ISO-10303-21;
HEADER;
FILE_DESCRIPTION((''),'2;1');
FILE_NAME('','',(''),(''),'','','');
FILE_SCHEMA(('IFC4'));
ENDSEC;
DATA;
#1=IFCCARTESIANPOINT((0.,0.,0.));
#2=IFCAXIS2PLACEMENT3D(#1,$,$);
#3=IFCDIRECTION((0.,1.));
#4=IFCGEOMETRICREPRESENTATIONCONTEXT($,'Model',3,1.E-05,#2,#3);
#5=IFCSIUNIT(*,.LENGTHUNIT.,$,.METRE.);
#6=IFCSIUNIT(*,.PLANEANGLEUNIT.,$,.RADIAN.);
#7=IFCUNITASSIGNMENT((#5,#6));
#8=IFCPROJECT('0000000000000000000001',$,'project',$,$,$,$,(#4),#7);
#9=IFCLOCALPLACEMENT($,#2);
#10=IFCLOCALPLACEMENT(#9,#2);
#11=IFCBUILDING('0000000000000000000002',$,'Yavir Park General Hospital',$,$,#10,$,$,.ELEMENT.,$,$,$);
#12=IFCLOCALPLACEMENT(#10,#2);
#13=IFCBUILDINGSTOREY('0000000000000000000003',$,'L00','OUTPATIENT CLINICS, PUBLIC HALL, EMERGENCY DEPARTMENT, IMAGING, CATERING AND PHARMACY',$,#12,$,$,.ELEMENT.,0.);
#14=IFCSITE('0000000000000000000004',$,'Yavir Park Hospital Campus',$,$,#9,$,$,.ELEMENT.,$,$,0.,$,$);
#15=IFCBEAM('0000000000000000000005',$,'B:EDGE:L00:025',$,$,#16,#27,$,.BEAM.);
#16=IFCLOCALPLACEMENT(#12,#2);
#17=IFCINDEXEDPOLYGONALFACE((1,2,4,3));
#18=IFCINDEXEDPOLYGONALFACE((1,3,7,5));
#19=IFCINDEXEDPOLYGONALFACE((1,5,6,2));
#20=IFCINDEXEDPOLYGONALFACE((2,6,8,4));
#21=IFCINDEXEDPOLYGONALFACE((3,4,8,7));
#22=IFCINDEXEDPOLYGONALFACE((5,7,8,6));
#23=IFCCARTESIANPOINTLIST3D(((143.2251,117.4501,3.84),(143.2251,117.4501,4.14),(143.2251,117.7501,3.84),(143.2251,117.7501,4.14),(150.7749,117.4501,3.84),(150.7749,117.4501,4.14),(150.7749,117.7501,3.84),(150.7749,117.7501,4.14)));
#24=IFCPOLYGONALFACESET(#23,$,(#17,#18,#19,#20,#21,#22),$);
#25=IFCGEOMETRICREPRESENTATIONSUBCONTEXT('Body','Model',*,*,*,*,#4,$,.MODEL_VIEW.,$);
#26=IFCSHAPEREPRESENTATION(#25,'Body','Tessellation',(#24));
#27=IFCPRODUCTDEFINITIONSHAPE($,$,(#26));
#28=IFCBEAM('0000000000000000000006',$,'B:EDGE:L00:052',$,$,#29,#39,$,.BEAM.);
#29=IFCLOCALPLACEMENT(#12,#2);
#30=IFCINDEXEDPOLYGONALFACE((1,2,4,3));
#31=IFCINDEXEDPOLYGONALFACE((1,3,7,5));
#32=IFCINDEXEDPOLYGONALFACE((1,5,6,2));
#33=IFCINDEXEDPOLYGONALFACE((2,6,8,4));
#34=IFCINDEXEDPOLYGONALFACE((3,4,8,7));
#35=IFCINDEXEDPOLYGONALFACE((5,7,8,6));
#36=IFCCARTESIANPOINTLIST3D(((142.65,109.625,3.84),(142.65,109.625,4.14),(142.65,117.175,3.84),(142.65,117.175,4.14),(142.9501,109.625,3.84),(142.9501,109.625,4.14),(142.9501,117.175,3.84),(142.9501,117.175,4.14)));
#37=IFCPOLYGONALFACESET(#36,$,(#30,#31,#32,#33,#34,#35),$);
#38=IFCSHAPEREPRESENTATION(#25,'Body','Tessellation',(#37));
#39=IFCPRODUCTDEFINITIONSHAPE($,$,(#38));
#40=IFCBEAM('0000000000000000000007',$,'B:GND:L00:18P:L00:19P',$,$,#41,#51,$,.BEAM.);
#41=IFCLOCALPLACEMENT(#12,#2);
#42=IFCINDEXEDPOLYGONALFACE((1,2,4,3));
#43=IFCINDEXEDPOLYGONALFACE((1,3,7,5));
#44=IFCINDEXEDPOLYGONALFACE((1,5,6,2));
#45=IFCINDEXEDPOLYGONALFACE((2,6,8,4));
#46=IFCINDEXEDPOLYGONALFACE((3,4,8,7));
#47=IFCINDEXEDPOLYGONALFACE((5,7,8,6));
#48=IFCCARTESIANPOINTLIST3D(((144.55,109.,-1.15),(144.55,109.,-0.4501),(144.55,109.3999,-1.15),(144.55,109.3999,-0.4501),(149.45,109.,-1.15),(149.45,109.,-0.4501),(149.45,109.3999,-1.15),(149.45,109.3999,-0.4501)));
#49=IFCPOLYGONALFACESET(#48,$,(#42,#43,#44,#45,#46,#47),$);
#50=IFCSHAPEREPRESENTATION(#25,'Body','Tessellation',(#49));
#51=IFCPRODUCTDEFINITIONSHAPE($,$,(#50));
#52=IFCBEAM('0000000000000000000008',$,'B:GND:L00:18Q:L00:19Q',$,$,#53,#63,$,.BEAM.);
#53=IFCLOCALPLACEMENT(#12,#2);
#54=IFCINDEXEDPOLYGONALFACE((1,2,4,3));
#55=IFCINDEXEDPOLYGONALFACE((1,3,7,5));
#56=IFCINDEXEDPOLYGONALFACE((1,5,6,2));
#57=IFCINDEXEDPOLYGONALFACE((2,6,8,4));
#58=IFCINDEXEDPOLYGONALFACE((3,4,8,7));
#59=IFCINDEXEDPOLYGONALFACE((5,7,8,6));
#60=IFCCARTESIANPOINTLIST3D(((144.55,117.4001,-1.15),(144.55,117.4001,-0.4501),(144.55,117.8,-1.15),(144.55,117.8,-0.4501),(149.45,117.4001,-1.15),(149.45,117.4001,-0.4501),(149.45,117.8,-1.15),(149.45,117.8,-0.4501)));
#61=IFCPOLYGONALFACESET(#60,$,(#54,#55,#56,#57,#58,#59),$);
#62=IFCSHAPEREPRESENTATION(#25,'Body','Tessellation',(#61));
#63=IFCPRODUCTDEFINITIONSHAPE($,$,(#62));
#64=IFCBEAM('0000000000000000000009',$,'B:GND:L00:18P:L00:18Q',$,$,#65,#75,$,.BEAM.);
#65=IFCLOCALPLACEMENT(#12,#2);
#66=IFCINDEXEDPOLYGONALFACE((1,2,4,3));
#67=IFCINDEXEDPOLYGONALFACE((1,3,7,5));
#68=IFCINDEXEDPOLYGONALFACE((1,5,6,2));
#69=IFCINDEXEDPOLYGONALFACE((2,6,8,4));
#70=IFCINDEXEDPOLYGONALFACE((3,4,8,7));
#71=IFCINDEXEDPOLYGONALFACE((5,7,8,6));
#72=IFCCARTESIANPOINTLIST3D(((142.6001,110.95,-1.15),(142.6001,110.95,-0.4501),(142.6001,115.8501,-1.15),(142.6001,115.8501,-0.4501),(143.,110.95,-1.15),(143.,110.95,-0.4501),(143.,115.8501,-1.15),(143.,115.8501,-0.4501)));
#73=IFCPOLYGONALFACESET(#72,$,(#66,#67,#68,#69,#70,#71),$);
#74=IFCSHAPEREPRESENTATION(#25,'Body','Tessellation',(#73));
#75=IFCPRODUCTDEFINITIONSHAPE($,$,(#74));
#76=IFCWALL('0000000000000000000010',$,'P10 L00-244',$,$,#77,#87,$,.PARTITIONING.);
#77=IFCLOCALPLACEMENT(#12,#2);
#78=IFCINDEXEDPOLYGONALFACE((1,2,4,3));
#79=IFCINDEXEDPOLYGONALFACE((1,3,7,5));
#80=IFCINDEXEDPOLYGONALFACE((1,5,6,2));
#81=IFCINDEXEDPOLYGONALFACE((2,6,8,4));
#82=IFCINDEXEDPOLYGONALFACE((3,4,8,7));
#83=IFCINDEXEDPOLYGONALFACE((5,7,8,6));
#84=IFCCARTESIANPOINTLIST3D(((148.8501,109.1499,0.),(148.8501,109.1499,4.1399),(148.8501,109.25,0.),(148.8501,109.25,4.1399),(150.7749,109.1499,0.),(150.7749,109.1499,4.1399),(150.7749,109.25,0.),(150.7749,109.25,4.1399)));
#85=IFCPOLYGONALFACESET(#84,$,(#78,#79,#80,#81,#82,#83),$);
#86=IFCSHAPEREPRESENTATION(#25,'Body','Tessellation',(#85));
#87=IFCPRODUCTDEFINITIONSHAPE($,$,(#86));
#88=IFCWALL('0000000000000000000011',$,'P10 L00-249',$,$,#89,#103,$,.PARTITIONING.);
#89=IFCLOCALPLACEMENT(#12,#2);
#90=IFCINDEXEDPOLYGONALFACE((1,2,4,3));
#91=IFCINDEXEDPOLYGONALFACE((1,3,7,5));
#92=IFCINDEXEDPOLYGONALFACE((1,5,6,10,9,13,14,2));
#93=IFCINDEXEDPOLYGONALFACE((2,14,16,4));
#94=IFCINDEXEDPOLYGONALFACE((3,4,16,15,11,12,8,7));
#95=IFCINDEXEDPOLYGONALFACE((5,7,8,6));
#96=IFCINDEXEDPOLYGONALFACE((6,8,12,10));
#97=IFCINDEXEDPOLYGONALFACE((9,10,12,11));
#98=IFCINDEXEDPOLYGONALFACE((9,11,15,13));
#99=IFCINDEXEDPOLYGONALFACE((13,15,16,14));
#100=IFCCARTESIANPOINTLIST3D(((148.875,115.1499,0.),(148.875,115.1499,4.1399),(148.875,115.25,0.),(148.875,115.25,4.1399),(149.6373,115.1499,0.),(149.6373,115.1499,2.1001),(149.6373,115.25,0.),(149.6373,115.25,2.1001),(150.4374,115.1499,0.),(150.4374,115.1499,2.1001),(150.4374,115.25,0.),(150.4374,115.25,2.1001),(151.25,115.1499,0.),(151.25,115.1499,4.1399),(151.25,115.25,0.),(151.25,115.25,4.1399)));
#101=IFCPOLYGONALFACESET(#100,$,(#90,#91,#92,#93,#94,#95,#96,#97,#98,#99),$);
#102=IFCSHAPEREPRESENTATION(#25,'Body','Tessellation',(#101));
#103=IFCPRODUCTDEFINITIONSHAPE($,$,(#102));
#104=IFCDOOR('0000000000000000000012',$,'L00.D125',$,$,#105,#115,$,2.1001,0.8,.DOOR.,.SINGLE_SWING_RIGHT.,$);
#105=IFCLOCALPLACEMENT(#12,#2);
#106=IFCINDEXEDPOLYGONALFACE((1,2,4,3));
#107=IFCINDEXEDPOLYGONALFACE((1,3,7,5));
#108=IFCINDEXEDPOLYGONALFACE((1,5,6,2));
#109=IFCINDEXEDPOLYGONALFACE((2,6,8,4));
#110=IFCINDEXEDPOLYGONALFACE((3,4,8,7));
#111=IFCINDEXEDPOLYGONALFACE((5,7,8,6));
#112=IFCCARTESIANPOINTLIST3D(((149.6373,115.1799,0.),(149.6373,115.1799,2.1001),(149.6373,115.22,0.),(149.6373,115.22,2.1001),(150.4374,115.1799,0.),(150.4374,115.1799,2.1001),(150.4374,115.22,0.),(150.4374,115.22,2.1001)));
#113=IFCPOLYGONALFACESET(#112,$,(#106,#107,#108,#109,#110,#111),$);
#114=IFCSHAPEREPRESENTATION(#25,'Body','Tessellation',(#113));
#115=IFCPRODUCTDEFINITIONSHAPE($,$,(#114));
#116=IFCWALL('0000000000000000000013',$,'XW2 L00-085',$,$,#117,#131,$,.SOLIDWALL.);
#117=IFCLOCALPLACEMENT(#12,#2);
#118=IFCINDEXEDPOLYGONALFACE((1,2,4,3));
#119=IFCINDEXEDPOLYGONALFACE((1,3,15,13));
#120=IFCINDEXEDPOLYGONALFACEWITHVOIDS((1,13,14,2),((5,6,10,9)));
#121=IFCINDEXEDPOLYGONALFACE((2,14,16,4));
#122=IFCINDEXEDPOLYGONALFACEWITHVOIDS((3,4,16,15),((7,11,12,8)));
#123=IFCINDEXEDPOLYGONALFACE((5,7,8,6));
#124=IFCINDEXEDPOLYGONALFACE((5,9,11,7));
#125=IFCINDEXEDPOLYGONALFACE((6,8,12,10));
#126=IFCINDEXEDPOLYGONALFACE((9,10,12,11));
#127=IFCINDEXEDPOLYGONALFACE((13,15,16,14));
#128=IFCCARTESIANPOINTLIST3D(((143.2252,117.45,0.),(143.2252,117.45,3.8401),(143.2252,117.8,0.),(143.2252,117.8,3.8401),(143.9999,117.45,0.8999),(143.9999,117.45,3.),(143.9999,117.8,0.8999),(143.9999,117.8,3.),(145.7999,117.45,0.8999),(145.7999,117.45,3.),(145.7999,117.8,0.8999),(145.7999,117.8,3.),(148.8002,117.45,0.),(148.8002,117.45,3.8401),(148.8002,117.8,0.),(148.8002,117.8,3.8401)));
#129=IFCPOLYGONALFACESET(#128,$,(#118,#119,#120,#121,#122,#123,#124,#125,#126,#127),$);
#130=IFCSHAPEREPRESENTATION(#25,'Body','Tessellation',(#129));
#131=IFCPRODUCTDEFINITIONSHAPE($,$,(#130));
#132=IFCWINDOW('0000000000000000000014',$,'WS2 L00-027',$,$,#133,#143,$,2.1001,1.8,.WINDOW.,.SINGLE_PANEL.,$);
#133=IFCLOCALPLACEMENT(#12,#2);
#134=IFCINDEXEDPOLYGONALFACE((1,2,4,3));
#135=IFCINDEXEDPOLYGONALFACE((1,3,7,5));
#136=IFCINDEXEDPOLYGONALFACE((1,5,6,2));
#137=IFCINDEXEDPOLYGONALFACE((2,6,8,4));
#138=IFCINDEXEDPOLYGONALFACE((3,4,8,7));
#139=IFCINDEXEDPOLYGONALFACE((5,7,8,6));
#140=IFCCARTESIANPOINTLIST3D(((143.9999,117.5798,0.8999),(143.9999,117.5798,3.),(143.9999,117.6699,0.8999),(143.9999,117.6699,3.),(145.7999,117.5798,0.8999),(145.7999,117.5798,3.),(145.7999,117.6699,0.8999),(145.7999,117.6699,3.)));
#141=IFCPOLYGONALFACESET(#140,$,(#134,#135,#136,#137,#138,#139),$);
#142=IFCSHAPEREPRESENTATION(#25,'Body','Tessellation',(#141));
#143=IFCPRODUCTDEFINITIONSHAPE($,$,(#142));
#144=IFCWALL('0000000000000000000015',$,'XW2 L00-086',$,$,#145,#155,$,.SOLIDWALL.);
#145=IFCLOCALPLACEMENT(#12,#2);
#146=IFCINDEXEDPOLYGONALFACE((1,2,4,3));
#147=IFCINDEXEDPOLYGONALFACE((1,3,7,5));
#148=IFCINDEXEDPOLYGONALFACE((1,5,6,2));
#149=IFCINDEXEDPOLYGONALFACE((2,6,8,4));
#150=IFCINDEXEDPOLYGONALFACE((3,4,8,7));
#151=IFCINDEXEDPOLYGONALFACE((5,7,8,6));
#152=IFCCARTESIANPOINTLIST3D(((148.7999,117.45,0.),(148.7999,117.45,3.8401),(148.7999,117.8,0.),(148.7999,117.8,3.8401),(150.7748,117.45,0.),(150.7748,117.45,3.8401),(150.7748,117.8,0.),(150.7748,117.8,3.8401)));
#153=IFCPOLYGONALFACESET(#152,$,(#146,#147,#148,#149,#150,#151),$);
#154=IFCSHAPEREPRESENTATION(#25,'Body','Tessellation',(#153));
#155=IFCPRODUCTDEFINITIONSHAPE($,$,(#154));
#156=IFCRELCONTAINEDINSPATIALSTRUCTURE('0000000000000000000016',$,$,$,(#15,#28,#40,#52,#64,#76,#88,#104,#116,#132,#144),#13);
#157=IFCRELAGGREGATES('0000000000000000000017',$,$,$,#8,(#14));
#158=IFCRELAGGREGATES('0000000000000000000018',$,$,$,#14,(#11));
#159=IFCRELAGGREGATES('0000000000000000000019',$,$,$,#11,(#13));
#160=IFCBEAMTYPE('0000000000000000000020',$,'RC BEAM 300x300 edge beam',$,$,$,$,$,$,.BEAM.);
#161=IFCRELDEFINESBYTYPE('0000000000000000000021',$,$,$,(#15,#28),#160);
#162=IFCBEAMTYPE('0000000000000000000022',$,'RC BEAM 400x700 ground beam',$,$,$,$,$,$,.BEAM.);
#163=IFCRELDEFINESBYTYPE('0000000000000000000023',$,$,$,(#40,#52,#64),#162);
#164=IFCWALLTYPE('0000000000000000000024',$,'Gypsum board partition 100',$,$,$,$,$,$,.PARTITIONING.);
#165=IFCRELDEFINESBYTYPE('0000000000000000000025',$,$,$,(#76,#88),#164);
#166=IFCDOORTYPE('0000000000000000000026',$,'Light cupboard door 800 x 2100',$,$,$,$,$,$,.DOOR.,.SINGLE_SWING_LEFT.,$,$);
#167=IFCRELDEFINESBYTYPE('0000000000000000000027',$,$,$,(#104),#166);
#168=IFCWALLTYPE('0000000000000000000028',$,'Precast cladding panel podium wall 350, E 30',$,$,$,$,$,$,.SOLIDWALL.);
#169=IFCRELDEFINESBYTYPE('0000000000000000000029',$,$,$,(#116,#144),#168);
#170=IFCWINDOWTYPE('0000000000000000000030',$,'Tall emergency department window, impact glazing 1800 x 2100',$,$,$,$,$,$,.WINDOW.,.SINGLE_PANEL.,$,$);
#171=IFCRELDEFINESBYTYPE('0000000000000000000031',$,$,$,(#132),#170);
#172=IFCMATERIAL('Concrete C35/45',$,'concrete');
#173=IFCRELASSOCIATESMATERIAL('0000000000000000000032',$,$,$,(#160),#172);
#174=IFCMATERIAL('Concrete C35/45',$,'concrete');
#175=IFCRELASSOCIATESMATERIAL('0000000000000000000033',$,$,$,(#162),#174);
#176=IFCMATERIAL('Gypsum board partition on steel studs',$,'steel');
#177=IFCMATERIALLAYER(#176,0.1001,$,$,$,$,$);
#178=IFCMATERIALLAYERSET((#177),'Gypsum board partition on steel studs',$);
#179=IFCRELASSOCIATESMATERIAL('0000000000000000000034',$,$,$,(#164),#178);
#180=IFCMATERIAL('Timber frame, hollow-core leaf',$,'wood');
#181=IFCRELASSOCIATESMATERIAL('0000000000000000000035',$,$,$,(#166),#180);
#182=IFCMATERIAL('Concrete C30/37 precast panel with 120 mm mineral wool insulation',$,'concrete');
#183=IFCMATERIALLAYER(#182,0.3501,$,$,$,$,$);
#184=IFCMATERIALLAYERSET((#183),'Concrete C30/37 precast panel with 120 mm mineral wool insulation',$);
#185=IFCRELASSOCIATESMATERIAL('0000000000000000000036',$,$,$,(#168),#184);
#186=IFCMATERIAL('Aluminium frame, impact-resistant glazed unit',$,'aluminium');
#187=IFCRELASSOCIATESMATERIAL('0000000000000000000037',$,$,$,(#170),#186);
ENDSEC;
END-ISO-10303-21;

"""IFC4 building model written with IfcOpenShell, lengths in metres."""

from ifc_helpers import new_model, si_unit, direction, frame, frame_2d, origin, origin_2d, place, context, subcontext, project, spatial, rectangle, extrude, material, layer, layer_set, material_profile, profile_set, type_object, element, fill, save


model = new_model("IFC4")

# Units and contexts
model_context = context("Model", 3, precision=1e-05, world=origin(), true_north=direction((0.0, 1.0)))
body_context = subcontext(model_context, "Body", "Model", "MODEL_VIEW")
ifc_project = project(units=[si_unit("LENGTHUNIT", "METRE"), si_unit("PLANEANGLEUNIT", "RADIAN")], contexts=[model_context])

# Site, building, storey
site_placement = place(None, origin())
site = spatial("IfcSite", under=ifc_project, at=site_placement, Name="Yavir Park Hospital Campus", CompositionType="ELEMENT", RefElevation=0.0)
building_placement = place(site_placement, origin())
building = spatial("IfcBuilding", under=site, at=building_placement, Name="Yavir Park General Hospital", CompositionType="ELEMENT")
storey_placement = place(building_placement, origin())
storey = spatial("IfcBuildingStorey", under=building, at=storey_placement, Name="L00", Description="OUTPATIENT CLINICS, PUBLIC HALL, EMERGENCY DEPARTMENT, IMAGING, CATERING AND PHARMACY", CompositionType="ELEMENT", Elevation=0.0)

# Beams
ifc_material_1 = material(Name="Concrete C35/45", Category="concrete")
ifc_material_profile_1 = material_profile(ifc_material_1, rectangle(XDim=0.3, YDim=0.3, at=origin_2d()), Name="RC300x300")
ifc_profile_set_1 = profile_set([ifc_material_profile_1], Name="Concrete C35/45")
beam_type_1 = type_object("IfcBeamType", Name="RC BEAM 300x300 edge beam", PredefinedType="BEAM", material=ifc_profile_set_1)
beam_1_placement = place(storey_placement, frame((143.2251, 117.6001, 3.99), z_axis=(1.0, 0.0, 0.0), x_axis=(0.0, 1.0, 0.0)))
element("IfcBeam", 1, at=beam_1_placement, inside=storey, type_object=beam_type_1, Name="B:EDGE:L00:025", PredefinedType="BEAM", context=body_context, shape_type="SweptSolid", body=[
    extrude(rectangle(XDim=0.3, YDim=0.3, at=origin_2d()), origin(), (0.0, 0.0, 1.0), 7.5498),
])
beam_2_placement = place(storey_placement, frame((142.8, 109.625, 3.99), z_axis=(0.0, 1.0, 0.0), x_axis=(-1.0, 0.0, 0.0)))
element("IfcBeam", 2, at=beam_2_placement, inside=storey, type_object=beam_type_1, Name="B:EDGE:L00:052", PredefinedType="BEAM", context=body_context, shape_type="SweptSolid", body=[
    extrude(rectangle(XDim=0.3, YDim=0.3, at=origin_2d()), origin(), (0.0, 0.0, 1.0), 7.55),
])
ifc_material_2 = material(Name="Concrete C35/45", Category="concrete")
ifc_material_profile_2 = material_profile(ifc_material_2, rectangle(XDim=0.3999, YDim=0.7, at=origin_2d()), Name="RC400x700")
ifc_profile_set_2 = profile_set([ifc_material_profile_2], Name="Concrete C35/45")
beam_type_2 = type_object("IfcBeamType", Name="RC BEAM 400x700 ground beam", PredefinedType="BEAM", material=ifc_profile_set_2)
for number, where, z_axis, x_axis, name in (
    (3, (144.55, 109.2, -0.8), (1.0, 0.0, 0.0), (0.0, 1.0, 0.0), "B:GND:L00:18P:L00:19P"),
    (4, (144.55, 117.6001, -0.8), (1.0, 0.0, 0.0), (0.0, 1.0, 0.0), "B:GND:L00:18Q:L00:19Q"),
):
    element("IfcBeam", number, at=place(storey_placement, frame(where, z_axis=z_axis, x_axis=x_axis)), inside=storey, type_object=beam_type_2, Name=name, PredefinedType="BEAM", context=body_context, shape_type="SweptSolid", body=[
        extrude(rectangle(XDim=0.3999, YDim=0.7, at=origin_2d()), origin(), (0.0, 0.0, 1.0), 4.8999),
    ])
beam_3_placement = place(storey_placement, frame((142.8, 110.95, -0.8), z_axis=(0.0, 1.0, 0.0), x_axis=(-1.0, 0.0, 0.0)))
element("IfcBeam", 5, at=beam_3_placement, inside=storey, type_object=beam_type_2, Name="B:GND:L00:18P:L00:18Q", PredefinedType="BEAM", context=body_context, shape_type="SweptSolid", body=[
    extrude(rectangle(XDim=0.3999, YDim=0.7, at=origin_2d()), origin(), (0.0, 0.0, 1.0), 4.9001),
])

# Wall
ifc_material_3 = material(Name="Gypsum board partition on steel studs", Category="steel")
ifc_layer_1 = layer(ifc_material_3, 0.1001)
ifc_layer_set_1 = layer_set([ifc_layer_1], Name="Gypsum board partition on steel studs")
wall_type_1 = type_object("IfcWallType", Name="Gypsum board partition 100", PredefinedType="PARTITIONING", material=ifc_layer_set_1)
wall_1_placement = place(storey_placement, frame((148.8501, 109.2, 0.0), z_axis=(0.0, 0.0, 1.0), x_axis=(1.0, 0.0, 0.0)))
element("IfcWall", 6, at=wall_1_placement, inside=storey, type_object=wall_type_1, Name="P10 L00-244", PredefinedType="PARTITIONING", context=body_context, shape_type="SweptSolid", body=[
    extrude(rectangle(XDim=1.9248, YDim=0.1001, at=frame_2d((0.9624, 0.0))), origin(), (0.0, 0.0, 1.0), 4.1399),
])

# Wall, opening, door
wall_2_placement = place(storey_placement, frame((148.875, 115.2, 0.0), z_axis=(0.0, 0.0, 1.0), x_axis=(1.0, 0.0, 0.0)))
wall_2 = element("IfcWall", 7, at=wall_2_placement, inside=storey, type_object=wall_type_1, Name="P10 L00-249", PredefinedType="PARTITIONING", context=body_context, shape_type="SweptSolid", body=[
    extrude(rectangle(XDim=2.375, YDim=0.1001, at=frame_2d((1.1875, 0.0))), origin(), (0.0, 0.0, 1.0), 4.1399),
])
opening_1_placement = place(wall_2_placement, frame((0.7625, 0.0, 0.0)))
opening_1 = element("IfcOpeningElement", 8, at=opening_1_placement, cuts=wall_2, PredefinedType="OPENING", context=body_context, shape_type="SweptSolid", body=[
    extrude(rectangle(XDim=0.8, YDim=2.1001, at=frame_2d((0.3999, 1.05))), frame((0.0, 0.0601, 0.0), z_axis=(0.0, -1.0, 0.0), x_axis=(1.0, 0.0, 0.0)), (0.0, 0.0, 1.0), 0.1201),
])
ifc_material_4 = material(Name="Timber frame, hollow-core leaf", Category="wood")
door_type_1 = type_object("IfcDoorType", Name="Light cupboard door 800 x 2100", OperationType="SINGLE_SWING_LEFT", PredefinedType="DOOR", material=ifc_material_4)
door_1_placement = place(opening_1_placement, origin())
door_1 = element("IfcDoor", 9, at=door_1_placement, inside=storey, type_object=door_type_1, Name="L00.D125", OperationType="SINGLE_SWING_RIGHT", OverallHeight=2.1001, OverallWidth=0.8, PredefinedType="DOOR", context=body_context, shape_type="SweptSolid", body=[
    extrude(rectangle(XDim=0.8, YDim=2.1001, at=frame_2d((0.3999, 1.05))), frame((0.0, 0.02, 0.0), z_axis=(0.0, -1.0, 0.0), x_axis=(1.0, 0.0, 0.0)), (0.0, 0.0, 1.0), 0.04),
])
fill(opening_1, door_1)

# Wall, opening, window
ifc_material_5 = material(Name="Concrete C30/37 precast panel with 120 mm mineral wool insulation", Category="concrete")
ifc_layer_2 = layer(ifc_material_5, 0.3501)
ifc_layer_set_2 = layer_set([ifc_layer_2], Name="Concrete C30/37 precast panel with 120 mm mineral wool insulation")
wall_type_2 = type_object("IfcWallType", Name="Precast cladding panel podium wall 350, E 30", PredefinedType="SOLIDWALL", material=ifc_layer_set_2)
wall_3_placement = place(storey_placement, frame((143.2251, 117.625, 0.0), z_axis=(0.0, 0.0, 1.0), x_axis=(1.0, 0.0, 0.0)))
wall_3 = element("IfcWall", 10, at=wall_3_placement, inside=storey, type_object=wall_type_2, Name="XW2 L00-085", PredefinedType="SOLIDWALL", context=body_context, shape_type="SweptSolid", body=[
    extrude(rectangle(XDim=5.575, YDim=0.3501, at=frame_2d((2.7876, 0.0))), origin(), (0.0, 0.0, 1.0), 3.8401),
])
opening_2_placement = place(wall_3_placement, frame((0.7749, 0.0, 0.8999)))
opening_2 = element("IfcOpeningElement", 11, at=opening_2_placement, cuts=wall_3, PredefinedType="OPENING", context=body_context, shape_type="SweptSolid", body=[
    extrude(rectangle(XDim=1.8, YDim=2.1001, at=frame_2d((0.8999, 1.05))), frame((0.0, 0.1851, 0.0), z_axis=(0.0, -1.0, 0.0), x_axis=(1.0, 0.0, 0.0)), (0.0, 0.0, 1.0), 0.3701),
])
ifc_material_6 = material(Name="Aluminium frame, impact-resistant glazed unit", Category="aluminium")
window_type = type_object("IfcWindowType", Name="Tall emergency department window, impact glazing 1800 x 2100", PartitioningType="SINGLE_PANEL", PredefinedType="WINDOW", material=ifc_material_6)
window_placement = place(opening_2_placement, origin())
window = element("IfcWindow", 12, at=window_placement, inside=storey, type_object=window_type, Name="WS2 L00-027", OverallHeight=2.1001, OverallWidth=1.8, PartitioningType="SINGLE_PANEL", PredefinedType="WINDOW", context=body_context, shape_type="SweptSolid", body=[
    extrude(rectangle(XDim=1.8, YDim=2.1001, at=frame_2d((0.8999, 1.05))), frame((0.0, 0.0449, 0.0), z_axis=(0.0, -1.0, 0.0), x_axis=(1.0, 0.0, 0.0)), (0.0, 0.0, 1.0), 0.0901),
])
fill(opening_2, window)

# Wall
wall_4_placement = place(storey_placement, frame((148.8, 117.625, 0.0), z_axis=(0.0, 0.0, 1.0), x_axis=(1.0, 0.0, 0.0)))
element("IfcWall", 13, at=wall_4_placement, inside=storey, type_object=wall_type_2, Name="XW2 L00-086", PredefinedType="SOLIDWALL", context=body_context, shape_type="SweptSolid", body=[
    extrude(rectangle(XDim=1.9749, YDim=0.3501, at=frame_2d((0.9873, 0.0))), origin(), (0.0, 0.0, 1.0), 3.8401),
])

save(model, "model.ifc")
